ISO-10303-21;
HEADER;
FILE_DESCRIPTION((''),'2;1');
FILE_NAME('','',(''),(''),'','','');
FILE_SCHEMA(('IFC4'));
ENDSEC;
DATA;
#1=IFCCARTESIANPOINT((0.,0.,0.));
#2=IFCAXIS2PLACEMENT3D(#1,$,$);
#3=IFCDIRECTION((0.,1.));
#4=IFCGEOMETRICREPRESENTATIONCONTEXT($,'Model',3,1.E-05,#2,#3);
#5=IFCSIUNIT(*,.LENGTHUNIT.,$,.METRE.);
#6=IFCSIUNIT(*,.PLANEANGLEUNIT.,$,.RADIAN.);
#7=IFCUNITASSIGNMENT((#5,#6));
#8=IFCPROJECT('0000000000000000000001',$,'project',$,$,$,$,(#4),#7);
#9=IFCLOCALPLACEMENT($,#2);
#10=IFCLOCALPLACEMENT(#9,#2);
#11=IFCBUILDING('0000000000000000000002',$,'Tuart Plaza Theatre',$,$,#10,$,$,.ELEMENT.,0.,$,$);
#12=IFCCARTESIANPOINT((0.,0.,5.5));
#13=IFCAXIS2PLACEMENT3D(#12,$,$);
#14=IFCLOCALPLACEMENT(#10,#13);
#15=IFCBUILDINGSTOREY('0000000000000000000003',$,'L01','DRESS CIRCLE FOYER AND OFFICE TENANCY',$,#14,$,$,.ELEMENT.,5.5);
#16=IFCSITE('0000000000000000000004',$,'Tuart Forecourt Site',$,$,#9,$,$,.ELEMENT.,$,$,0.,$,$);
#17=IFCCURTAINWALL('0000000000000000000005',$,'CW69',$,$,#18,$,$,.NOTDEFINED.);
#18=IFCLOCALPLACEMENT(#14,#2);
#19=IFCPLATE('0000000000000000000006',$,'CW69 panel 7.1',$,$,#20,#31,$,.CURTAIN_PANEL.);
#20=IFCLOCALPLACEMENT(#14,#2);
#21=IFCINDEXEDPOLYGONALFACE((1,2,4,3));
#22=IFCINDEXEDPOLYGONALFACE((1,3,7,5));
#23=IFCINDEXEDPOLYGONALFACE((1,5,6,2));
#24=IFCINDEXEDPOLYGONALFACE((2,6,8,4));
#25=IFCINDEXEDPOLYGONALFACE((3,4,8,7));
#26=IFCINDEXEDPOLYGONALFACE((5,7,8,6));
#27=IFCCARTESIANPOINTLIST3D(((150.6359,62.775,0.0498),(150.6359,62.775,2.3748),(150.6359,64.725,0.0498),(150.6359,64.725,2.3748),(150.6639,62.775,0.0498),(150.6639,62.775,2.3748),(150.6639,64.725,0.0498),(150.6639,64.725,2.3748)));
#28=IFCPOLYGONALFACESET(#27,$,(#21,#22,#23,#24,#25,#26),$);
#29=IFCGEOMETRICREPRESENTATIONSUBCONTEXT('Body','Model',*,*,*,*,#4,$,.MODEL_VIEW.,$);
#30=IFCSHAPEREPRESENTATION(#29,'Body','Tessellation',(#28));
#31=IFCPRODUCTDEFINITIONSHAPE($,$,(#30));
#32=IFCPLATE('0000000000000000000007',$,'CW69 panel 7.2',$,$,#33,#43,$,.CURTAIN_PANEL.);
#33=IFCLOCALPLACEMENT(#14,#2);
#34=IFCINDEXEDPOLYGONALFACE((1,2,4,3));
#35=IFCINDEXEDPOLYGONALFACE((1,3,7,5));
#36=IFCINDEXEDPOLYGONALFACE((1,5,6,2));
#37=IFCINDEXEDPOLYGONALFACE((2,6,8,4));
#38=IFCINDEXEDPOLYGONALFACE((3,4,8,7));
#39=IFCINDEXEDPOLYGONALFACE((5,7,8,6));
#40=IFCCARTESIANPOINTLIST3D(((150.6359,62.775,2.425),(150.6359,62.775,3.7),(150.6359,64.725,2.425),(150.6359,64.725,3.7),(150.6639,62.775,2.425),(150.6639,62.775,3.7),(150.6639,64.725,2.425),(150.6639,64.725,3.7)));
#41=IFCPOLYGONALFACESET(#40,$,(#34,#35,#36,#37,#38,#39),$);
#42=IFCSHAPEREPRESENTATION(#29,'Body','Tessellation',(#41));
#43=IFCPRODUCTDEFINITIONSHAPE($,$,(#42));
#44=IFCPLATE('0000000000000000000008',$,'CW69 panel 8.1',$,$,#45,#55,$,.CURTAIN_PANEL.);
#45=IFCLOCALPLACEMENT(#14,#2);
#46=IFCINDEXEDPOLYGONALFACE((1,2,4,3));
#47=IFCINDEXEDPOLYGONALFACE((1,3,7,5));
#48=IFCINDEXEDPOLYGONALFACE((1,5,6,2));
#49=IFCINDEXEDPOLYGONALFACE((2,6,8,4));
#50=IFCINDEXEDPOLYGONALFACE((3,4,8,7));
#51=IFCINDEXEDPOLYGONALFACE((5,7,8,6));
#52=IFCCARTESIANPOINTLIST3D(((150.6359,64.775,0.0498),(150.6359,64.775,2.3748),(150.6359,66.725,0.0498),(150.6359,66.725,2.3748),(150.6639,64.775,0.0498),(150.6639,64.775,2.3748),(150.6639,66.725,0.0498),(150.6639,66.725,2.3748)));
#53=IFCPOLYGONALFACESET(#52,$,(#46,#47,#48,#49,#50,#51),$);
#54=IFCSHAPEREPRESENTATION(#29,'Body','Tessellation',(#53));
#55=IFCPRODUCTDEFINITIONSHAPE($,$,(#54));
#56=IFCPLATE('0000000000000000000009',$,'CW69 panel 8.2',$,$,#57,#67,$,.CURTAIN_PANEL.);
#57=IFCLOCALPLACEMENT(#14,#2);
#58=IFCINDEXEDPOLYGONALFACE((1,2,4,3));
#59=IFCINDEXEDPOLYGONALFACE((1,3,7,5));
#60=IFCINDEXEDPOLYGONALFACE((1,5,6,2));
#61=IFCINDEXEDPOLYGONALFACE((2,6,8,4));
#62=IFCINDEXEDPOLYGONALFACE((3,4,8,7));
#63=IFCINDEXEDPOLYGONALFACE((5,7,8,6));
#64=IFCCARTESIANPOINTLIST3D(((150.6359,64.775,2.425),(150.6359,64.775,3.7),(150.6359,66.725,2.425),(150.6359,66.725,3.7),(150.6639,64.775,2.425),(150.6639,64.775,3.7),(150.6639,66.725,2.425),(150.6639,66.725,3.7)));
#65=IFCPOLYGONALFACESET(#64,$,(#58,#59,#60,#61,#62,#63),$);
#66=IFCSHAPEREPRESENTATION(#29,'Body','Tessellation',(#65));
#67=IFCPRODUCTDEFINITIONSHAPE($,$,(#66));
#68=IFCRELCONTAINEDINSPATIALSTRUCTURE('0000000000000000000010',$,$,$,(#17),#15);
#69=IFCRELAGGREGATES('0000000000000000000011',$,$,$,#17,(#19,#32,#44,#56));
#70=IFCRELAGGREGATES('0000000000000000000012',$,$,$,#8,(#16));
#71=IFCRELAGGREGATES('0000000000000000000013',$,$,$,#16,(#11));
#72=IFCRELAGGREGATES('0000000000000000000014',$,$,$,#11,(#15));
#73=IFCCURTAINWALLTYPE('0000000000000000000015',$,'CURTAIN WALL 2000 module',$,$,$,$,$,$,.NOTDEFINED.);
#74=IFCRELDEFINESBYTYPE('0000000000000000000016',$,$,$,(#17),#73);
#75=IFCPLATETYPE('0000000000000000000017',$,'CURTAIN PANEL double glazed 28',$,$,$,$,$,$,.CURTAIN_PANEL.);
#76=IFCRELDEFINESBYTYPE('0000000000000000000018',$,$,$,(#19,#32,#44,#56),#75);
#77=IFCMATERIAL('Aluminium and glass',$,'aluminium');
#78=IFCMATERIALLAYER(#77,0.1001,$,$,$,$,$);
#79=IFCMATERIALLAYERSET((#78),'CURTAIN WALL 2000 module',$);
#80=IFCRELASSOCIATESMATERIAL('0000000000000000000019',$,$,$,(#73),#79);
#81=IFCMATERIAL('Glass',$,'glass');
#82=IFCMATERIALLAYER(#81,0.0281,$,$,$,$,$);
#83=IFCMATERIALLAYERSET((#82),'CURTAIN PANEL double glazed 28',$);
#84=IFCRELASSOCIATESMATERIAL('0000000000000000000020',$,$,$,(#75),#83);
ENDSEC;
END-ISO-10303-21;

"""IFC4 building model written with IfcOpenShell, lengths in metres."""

from ifc_helpers import new_model, si_unit, direction, frame, origin, origin_2d, place, context, subcontext, project, spatial, rectangle, extrude, material, layer, layer_set, type_object, element, aggregate, save


model = new_model("IFC4")

# Units and contexts
model_context = context("Model", 3, precision=1e-05, world=origin(), true_north=direction((0.0, 1.0)))
body_context = subcontext(model_context, "Body", "Model", "MODEL_VIEW")
ifc_project = project(units=[si_unit("LENGTHUNIT", "METRE"), si_unit("PLANEANGLEUNIT", "RADIAN")], contexts=[model_context])

# Site, building, storey
site_placement = place(None, origin())
site = spatial("IfcSite", under=ifc_project, at=site_placement, Name="Tuart Forecourt Site", CompositionType="ELEMENT", RefElevation=0.0)
building_placement = place(site_placement, origin())
building = spatial("IfcBuilding", under=site, at=building_placement, Name="Tuart Plaza Theatre", CompositionType="ELEMENT", ElevationOfRefHeight=0.0)
storey_placement = place(building_placement, frame((0.0, 0.0, 5.5)))
storey = spatial("IfcBuildingStorey", under=building, at=storey_placement, Name="L01", Description="DRESS CIRCLE FOYER AND OFFICE TENANCY", CompositionType="ELEMENT", Elevation=5.5)

# Curtain wall, plates
ifc_material_1 = material(Name="Aluminium and glass", Category="aluminium")
ifc_layer_1 = layer(ifc_material_1, 0.1001)
ifc_layer_set_1 = layer_set([ifc_layer_1], Name="CURTAIN WALL 2000 module")
curtain_wall_type = type_object("IfcCurtainWallType", Name="CURTAIN WALL 2000 module", PredefinedType="NOTDEFINED", material=ifc_layer_set_1)
curtain_wall_placement = place(storey_placement, origin())
curtain_wall = element("IfcCurtainWall", 1, at=curtain_wall_placement, inside=storey, type_object=curtain_wall_type, Name="CW69", PredefinedType="NOTDEFINED")
ifc_material_2 = material(Name="Glass", Category="glass")
ifc_layer_2 = layer(ifc_material_2, 0.0281)
ifc_layer_set_2 = layer_set([ifc_layer_2], Name="CURTAIN PANEL double glazed 28")
plate_type = type_object("IfcPlateType", Name="CURTAIN PANEL double glazed 28", PredefinedType="CURTAIN_PANEL", material=ifc_layer_set_2)
plate_1_placement = place(storey_placement, frame((150.6499, 63.75, 0.0498), z_axis=(0.0, 0.0, 1.0), x_axis=(0.0, 1.0, 0.0)))
plate_1 = element("IfcPlate", 2, at=plate_1_placement, type_object=plate_type, Name="CW69 panel 7.1", PredefinedType="CURTAIN_PANEL", context=body_context, shape_type="SweptSolid", body=[
    extrude(rectangle(XDim=1.95, YDim=0.0281, at=origin_2d()), origin(), (0.0, 0.0, 1.0), 2.325),
])
plate_2_placement = place(storey_placement, frame((150.6499, 63.75, 2.425), z_axis=(0.0, 0.0, 1.0), x_axis=(0.0, 1.0, 0.0)))
plate_2 = element("IfcPlate", 3, at=plate_2_placement, type_object=plate_type, Name="CW69 panel 7.2", PredefinedType="CURTAIN_PANEL", context=body_context, shape_type="SweptSolid", body=[
    extrude(rectangle(XDim=1.95, YDim=0.0281, at=origin_2d()), origin(), (0.0, 0.0, 1.0), 1.2749),
])
plate_3_placement = place(storey_placement, frame((150.6499, 65.75, 0.0498), z_axis=(0.0, 0.0, 1.0), x_axis=(0.0, 1.0, 0.0)))
plate_3 = element("IfcPlate", 4, at=plate_3_placement, type_object=plate_type, Name="CW69 panel 8.1", PredefinedType="CURTAIN_PANEL", context=body_context, shape_type="SweptSolid", body=[
    extrude(rectangle(XDim=1.95, YDim=0.0281, at=origin_2d()), origin(), (0.0, 0.0, 1.0), 2.325),
])
plate_4_placement = place(storey_placement, frame((150.6499, 65.75, 2.425), z_axis=(0.0, 0.0, 1.0), x_axis=(0.0, 1.0, 0.0)))
plate_4 = element("IfcPlate", 5, at=plate_4_placement, type_object=plate_type, Name="CW69 panel 8.2", PredefinedType="CURTAIN_PANEL", context=body_context, shape_type="SweptSolid", body=[
    extrude(rectangle(XDim=1.95, YDim=0.0281, at=origin_2d()), origin(), (0.0, 0.0, 1.0), 1.2749),
])
aggregate(curtain_wall, [plate_1, plate_2, plate_3, plate_4])

save(model, "model.ifc")
